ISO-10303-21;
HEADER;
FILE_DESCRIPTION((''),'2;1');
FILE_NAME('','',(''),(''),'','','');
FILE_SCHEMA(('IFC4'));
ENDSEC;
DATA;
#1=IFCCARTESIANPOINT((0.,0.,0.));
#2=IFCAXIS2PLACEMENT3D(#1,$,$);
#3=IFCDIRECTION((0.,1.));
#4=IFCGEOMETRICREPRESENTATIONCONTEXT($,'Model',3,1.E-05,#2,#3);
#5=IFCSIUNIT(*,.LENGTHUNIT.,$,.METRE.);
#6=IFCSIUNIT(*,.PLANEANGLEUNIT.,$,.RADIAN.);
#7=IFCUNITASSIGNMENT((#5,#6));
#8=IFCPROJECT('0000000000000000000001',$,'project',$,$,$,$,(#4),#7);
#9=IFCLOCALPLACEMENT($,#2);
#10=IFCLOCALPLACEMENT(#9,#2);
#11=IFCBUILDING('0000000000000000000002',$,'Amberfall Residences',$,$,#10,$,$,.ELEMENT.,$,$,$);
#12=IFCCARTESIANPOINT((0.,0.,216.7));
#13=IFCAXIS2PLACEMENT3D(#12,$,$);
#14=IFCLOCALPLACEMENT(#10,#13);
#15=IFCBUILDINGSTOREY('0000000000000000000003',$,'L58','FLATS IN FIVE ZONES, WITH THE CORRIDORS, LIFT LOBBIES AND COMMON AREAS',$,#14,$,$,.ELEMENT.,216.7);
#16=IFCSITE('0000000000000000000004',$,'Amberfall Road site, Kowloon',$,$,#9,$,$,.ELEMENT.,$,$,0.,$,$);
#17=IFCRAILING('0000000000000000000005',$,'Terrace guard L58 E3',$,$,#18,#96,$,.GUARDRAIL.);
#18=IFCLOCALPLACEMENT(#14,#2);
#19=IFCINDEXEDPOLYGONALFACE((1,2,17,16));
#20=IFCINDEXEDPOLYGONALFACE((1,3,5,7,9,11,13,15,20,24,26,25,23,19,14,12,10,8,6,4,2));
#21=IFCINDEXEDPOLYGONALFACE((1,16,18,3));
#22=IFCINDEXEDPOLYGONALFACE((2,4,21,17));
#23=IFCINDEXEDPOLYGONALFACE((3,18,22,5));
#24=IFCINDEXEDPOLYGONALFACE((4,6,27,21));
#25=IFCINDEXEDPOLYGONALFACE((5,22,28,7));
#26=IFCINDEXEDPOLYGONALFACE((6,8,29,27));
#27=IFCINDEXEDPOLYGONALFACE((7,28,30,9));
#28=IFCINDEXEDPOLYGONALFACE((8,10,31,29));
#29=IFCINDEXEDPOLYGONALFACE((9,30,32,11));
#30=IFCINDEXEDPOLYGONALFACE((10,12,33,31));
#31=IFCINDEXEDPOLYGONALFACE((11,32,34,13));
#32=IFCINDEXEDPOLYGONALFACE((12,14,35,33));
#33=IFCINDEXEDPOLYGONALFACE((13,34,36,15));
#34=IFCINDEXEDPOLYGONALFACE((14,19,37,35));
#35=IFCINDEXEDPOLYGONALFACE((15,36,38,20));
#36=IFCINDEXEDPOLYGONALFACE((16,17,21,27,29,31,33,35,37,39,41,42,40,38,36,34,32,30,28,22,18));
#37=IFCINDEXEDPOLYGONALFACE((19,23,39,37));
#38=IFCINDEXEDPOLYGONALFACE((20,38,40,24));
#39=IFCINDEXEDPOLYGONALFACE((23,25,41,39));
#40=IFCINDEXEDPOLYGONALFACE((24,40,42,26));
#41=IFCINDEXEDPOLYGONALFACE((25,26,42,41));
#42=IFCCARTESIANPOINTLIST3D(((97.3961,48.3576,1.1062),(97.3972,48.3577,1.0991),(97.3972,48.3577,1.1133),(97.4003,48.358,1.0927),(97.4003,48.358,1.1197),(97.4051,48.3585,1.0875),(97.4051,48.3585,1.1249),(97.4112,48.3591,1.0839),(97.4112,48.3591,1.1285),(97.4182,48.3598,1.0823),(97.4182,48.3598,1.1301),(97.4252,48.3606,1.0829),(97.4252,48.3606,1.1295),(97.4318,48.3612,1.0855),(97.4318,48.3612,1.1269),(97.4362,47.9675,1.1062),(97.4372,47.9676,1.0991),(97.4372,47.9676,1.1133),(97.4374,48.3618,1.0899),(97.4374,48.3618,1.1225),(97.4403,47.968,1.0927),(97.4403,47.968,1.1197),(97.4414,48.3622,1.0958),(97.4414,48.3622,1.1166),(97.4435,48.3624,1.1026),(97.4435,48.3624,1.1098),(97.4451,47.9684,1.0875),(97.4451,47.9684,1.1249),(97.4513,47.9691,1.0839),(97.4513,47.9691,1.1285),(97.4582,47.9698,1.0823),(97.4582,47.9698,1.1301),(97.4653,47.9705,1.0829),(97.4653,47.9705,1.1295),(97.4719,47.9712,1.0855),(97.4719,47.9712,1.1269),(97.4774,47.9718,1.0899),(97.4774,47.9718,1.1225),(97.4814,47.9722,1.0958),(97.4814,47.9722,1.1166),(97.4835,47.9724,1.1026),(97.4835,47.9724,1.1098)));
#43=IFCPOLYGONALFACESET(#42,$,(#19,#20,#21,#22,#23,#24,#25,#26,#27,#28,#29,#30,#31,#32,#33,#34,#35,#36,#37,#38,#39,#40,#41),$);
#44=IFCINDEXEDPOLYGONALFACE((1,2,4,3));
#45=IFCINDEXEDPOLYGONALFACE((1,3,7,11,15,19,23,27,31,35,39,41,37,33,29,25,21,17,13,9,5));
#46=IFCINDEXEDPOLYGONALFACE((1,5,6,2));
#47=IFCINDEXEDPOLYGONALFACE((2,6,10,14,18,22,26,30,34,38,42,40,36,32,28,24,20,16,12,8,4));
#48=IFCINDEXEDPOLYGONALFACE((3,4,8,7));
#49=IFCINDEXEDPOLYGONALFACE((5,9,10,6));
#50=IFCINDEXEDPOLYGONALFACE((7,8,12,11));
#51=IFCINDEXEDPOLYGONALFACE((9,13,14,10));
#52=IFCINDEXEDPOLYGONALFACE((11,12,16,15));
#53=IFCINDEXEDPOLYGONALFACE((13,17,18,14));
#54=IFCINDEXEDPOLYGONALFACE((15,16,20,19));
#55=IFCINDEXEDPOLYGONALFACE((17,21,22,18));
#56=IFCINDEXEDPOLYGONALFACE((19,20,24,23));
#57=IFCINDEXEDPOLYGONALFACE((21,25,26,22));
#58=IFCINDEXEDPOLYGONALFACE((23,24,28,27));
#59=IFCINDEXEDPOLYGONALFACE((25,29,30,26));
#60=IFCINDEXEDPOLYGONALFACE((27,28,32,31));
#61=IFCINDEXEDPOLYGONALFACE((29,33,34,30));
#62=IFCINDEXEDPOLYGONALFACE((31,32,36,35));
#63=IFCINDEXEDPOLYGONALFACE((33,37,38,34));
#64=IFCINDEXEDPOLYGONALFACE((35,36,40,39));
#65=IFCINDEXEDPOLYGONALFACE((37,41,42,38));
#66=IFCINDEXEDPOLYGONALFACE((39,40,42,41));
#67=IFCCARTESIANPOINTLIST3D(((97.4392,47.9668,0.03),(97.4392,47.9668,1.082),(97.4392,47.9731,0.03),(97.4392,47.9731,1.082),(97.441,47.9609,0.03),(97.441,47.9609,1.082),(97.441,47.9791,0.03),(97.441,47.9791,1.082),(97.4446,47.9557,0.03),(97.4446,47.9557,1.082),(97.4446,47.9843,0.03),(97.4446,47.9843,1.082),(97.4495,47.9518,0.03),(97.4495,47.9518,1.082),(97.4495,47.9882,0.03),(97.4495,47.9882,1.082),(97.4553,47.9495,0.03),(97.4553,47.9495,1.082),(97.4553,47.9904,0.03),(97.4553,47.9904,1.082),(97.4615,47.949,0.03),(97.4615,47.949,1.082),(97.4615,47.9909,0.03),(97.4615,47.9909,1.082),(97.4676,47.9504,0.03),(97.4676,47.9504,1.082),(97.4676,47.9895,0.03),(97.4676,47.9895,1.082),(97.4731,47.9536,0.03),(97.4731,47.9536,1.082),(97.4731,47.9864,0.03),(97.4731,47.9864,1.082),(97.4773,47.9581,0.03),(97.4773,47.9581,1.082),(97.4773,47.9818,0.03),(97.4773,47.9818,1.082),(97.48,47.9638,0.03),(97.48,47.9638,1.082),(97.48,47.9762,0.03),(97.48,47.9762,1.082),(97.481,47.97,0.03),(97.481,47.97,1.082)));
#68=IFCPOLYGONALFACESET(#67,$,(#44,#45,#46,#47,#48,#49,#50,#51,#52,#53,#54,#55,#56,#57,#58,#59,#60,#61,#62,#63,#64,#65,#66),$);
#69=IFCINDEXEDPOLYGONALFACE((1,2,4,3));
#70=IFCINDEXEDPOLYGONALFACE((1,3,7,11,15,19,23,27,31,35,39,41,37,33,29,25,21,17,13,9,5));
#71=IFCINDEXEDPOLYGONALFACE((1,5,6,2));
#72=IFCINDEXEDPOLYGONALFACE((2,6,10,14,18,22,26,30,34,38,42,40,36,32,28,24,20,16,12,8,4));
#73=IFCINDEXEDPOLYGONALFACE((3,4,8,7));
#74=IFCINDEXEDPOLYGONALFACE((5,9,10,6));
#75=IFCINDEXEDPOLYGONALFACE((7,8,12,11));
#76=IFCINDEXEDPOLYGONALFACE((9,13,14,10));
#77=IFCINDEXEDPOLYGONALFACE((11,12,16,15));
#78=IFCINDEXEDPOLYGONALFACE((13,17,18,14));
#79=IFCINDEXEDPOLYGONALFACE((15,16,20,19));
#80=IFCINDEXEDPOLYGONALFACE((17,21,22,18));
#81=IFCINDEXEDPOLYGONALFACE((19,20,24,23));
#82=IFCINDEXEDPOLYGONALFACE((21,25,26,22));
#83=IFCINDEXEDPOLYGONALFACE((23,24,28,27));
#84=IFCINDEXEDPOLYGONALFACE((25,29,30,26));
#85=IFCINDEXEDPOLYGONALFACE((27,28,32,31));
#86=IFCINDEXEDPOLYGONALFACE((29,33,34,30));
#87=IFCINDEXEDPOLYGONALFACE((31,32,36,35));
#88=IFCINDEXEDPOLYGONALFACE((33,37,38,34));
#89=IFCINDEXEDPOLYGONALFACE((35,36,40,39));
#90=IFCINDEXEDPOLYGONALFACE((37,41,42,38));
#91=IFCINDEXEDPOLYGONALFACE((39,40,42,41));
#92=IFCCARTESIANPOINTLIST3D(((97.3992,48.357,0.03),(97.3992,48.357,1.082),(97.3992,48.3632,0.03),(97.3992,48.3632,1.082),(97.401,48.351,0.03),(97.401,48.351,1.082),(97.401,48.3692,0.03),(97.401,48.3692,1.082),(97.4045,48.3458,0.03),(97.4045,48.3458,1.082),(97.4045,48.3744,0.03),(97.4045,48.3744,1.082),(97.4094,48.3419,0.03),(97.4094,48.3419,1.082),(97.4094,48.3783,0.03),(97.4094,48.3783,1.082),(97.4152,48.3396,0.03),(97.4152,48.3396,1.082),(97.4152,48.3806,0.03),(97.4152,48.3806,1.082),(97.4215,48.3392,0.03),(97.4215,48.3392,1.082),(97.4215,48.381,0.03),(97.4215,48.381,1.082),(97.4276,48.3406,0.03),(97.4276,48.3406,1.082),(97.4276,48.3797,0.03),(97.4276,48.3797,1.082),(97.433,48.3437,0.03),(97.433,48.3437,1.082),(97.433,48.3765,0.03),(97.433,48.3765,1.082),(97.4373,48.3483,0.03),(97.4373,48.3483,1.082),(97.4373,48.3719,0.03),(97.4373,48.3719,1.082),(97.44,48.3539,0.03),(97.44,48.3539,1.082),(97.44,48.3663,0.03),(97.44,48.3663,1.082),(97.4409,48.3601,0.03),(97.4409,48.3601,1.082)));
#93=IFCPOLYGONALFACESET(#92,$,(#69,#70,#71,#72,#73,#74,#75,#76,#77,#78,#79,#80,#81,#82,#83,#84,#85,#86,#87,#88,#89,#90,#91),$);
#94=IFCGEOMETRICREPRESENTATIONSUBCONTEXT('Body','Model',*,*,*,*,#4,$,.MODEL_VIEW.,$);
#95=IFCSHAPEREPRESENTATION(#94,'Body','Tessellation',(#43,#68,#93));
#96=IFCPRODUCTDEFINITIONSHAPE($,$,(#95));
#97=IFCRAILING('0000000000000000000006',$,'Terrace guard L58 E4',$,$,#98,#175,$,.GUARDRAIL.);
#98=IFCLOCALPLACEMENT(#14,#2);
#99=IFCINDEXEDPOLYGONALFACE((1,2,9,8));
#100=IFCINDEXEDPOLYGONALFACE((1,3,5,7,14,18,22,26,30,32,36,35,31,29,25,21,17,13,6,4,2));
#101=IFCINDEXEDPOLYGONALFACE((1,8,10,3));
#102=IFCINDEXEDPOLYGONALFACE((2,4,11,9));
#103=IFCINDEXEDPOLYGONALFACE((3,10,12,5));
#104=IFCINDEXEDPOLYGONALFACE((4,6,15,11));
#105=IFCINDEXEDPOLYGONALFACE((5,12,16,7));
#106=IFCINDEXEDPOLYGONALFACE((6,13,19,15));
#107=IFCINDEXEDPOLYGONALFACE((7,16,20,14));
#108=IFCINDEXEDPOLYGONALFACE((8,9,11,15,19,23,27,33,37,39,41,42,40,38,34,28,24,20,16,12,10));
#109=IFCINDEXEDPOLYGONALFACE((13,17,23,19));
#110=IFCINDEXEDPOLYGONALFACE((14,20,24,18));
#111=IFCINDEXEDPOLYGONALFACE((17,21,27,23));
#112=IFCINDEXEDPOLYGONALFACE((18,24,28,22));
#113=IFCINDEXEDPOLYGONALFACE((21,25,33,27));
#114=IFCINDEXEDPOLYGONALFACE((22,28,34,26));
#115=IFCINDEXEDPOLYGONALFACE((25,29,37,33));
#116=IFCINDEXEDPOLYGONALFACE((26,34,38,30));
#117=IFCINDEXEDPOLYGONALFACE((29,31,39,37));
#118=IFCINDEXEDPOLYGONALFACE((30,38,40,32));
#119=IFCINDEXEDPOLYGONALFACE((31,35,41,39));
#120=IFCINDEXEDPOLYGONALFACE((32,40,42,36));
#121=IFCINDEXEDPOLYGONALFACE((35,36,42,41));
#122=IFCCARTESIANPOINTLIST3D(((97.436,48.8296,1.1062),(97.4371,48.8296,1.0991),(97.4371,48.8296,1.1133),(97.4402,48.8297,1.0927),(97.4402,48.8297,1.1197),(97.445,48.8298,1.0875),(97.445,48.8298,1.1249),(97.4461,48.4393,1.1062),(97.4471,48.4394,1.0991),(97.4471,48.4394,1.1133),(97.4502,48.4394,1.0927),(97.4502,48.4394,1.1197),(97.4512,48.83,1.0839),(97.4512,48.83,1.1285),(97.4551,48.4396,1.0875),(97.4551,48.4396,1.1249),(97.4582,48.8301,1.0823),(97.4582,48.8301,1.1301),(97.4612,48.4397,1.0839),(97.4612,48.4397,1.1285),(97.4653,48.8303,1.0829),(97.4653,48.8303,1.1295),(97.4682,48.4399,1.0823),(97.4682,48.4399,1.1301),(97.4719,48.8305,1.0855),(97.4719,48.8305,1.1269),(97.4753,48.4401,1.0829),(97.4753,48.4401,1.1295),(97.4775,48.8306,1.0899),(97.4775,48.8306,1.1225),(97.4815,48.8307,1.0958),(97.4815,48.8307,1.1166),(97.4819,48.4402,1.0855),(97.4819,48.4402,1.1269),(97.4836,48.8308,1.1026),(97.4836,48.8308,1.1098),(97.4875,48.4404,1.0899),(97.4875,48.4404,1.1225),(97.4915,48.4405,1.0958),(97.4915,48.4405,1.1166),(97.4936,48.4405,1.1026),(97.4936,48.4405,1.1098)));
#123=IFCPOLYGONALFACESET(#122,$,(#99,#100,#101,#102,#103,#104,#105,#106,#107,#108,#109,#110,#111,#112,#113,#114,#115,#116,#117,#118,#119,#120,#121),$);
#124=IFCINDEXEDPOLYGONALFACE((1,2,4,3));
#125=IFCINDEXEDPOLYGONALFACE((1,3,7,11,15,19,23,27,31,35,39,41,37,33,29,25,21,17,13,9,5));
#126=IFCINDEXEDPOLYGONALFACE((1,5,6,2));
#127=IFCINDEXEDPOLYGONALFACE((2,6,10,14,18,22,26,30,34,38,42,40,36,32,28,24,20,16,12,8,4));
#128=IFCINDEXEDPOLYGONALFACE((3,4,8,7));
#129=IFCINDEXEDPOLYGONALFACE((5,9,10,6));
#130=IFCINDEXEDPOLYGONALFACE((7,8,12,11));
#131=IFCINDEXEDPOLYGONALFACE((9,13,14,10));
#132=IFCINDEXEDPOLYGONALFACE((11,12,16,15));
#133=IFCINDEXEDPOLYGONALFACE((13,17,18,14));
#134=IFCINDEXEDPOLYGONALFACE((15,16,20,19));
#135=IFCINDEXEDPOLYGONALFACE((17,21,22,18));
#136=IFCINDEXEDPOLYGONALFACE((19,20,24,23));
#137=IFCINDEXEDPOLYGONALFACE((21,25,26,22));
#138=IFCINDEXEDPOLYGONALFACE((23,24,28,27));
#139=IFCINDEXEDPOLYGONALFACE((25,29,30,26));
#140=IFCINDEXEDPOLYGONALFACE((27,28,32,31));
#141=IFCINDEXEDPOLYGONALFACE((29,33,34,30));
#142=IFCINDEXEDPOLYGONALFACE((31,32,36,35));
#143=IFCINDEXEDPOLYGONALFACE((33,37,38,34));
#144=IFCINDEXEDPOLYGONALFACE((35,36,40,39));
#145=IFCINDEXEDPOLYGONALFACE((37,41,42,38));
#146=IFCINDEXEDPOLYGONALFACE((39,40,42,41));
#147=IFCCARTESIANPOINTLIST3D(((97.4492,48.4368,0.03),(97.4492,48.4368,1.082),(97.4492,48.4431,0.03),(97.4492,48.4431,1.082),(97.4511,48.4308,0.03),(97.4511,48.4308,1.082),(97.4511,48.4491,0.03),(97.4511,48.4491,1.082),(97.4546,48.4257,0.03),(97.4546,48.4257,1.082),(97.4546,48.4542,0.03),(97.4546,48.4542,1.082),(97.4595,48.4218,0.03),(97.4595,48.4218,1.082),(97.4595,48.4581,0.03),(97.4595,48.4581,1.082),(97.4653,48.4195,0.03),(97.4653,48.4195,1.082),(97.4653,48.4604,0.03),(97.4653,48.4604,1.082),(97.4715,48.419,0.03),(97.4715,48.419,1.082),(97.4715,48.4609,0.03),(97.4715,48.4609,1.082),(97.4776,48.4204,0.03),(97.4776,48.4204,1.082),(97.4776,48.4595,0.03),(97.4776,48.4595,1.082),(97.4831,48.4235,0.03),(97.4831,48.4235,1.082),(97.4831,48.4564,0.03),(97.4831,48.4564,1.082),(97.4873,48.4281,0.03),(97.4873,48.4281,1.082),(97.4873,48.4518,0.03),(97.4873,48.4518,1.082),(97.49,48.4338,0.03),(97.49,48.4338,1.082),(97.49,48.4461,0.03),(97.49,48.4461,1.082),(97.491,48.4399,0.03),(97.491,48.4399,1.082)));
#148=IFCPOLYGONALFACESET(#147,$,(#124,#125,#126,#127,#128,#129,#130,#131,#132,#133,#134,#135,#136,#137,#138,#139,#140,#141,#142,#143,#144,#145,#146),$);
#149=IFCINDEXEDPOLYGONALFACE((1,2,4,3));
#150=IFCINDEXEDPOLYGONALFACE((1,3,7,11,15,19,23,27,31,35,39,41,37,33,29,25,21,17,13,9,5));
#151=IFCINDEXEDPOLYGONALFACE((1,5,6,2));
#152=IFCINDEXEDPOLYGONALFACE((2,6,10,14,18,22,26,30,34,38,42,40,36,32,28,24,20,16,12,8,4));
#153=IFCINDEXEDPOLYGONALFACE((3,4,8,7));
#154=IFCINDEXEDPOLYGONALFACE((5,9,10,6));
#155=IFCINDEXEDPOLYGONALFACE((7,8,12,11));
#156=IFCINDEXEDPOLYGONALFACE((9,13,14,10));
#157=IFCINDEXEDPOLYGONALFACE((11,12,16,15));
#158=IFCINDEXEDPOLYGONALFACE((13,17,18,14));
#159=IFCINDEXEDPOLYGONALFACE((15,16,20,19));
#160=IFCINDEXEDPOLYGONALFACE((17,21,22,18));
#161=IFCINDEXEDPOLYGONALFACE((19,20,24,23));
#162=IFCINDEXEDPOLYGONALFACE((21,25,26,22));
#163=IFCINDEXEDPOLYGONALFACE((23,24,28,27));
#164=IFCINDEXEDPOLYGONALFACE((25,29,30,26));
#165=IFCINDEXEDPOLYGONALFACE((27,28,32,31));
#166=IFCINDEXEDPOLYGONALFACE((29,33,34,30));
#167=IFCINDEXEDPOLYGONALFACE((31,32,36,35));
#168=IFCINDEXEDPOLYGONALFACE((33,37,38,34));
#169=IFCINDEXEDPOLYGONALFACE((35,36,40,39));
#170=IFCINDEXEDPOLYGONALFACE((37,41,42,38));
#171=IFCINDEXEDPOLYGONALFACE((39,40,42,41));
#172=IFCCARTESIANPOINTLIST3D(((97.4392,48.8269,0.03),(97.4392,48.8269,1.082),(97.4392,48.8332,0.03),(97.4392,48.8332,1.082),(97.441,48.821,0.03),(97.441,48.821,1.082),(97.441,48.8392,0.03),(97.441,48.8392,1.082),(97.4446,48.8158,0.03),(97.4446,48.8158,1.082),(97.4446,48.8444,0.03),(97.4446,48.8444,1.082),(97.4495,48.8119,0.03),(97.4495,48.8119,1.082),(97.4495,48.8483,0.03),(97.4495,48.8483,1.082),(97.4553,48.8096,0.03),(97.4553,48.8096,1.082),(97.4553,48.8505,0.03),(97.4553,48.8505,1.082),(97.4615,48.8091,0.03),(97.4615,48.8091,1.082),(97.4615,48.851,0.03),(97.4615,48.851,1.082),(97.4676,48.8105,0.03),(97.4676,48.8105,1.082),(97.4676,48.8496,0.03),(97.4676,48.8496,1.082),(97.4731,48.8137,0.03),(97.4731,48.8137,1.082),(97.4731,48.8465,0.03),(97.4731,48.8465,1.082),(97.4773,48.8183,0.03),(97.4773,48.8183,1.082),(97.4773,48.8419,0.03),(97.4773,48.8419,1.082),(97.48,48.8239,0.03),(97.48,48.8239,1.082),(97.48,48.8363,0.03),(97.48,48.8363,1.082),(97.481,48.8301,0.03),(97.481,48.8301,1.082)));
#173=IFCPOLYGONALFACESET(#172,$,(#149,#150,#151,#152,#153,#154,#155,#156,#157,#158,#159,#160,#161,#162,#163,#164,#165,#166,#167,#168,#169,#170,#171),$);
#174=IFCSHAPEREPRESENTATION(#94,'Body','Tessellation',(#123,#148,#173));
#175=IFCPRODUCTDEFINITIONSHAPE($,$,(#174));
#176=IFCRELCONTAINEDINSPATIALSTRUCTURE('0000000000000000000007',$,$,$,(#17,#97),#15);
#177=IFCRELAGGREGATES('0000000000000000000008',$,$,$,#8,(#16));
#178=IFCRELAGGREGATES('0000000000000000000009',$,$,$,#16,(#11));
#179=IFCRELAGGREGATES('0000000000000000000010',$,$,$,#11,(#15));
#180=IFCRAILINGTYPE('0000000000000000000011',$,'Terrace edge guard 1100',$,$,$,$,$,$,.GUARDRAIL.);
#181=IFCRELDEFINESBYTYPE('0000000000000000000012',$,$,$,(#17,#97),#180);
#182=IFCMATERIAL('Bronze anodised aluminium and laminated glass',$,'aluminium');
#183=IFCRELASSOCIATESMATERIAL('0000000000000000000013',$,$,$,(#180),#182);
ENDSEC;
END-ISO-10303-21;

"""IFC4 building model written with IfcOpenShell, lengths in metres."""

from ifc_helpers import new_model, si_unit, direction, frame, origin, origin_2d, place, context, subcontext, project, spatial, circle, extrude, material, type_object, element, save


model = new_model("IFC4")

# Units and contexts
model_context = context("Model", 3, precision=1e-05, world=origin(), true_north=direction((0.0, 1.0)))
body_context = subcontext(model_context, "Body", "Model", "MODEL_VIEW")
ifc_project = project(units=[si_unit("LENGTHUNIT", "METRE"), si_unit("PLANEANGLEUNIT", "RADIAN")], contexts=[model_context])

# Site, building, storey
site_placement = place(None, origin())
site = spatial("IfcSite", under=ifc_project, at=site_placement, Name="Amberfall Road site, Kowloon", CompositionType="ELEMENT", RefElevation=0.0)
building_placement = place(site_placement, origin())
building = spatial("IfcBuilding", under=site, at=building_placement, Name="Amberfall Residences", CompositionType="ELEMENT")
storey_placement = place(building_placement, frame((0.0, 0.0, 216.7)))
storey = spatial("IfcBuildingStorey", under=building, at=storey_placement, Name="L58", Description="FLATS IN FIVE ZONES, WITH THE CORRIDORS, LIFT LOBBIES AND COMMON AREAS", CompositionType="ELEMENT", Elevation=216.7)

# Railings
ifc_material_1 = material(Name="Bronze anodised aluminium and laminated glass", Category="aluminium")
railing_type = type_object("IfcRailingType", Name="Terrace edge guard 1100", PredefinedType="GUARDRAIL", material=ifc_material_1)
railing_1_placement = place(storey_placement, frame((97.46, 47.97, 0.03)))
element("IfcRailing", 1, at=railing_1_placement, inside=storey, type_object=railing_type, Name="Terrace guard L58 E3", PredefinedType="GUARDRAIL", context=body_context, shape_type="SweptSolid", body=[
    extrude(circle(Radius=0.0239, at=origin_2d()), frame((0.0, 0.0, 1.0762), z_axis=(-0.102092, 0.994775, 0.0), x_axis=(-0.994775, -0.102092, 0.0)), (0.0, 0.0, 1.0), 0.3921),
    extrude(circle(Radius=0.021, at=origin_2d()), origin(), (0.0, 0.0, 1.0), 1.052),
    extrude(circle(Radius=0.021, at=origin_2d()), frame((-0.04, 0.3901, 0.0)), (0.0, 0.0, 1.0), 1.052),
])
railing_2_placement = place(storey_placement, frame((97.47, 48.4399, 0.03)))
element("IfcRailing", 2, at=railing_2_placement, inside=storey, type_object=railing_type, Name="Terrace guard L58 E4", PredefinedType="GUARDRAIL", context=body_context, shape_type="SweptSolid", body=[
    extrude(circle(Radius=0.0239, at=origin_2d()), frame((0.0, 0.0, 1.0762), z_axis=(-0.025649, 0.999671, 0.0), x_axis=(-0.999671, -0.025649, 0.0)), (0.0, 0.0, 1.0), 0.3904),
    extrude(circle(Radius=0.021, at=origin_2d()), origin(), (0.0, 0.0, 1.0), 1.052),
    extrude(circle(Radius=0.021, at=origin_2d()), frame((-0.01, 0.3901, 0.0)), (0.0, 0.0, 1.0), 1.052),
])

save(model, "model.ifc")
